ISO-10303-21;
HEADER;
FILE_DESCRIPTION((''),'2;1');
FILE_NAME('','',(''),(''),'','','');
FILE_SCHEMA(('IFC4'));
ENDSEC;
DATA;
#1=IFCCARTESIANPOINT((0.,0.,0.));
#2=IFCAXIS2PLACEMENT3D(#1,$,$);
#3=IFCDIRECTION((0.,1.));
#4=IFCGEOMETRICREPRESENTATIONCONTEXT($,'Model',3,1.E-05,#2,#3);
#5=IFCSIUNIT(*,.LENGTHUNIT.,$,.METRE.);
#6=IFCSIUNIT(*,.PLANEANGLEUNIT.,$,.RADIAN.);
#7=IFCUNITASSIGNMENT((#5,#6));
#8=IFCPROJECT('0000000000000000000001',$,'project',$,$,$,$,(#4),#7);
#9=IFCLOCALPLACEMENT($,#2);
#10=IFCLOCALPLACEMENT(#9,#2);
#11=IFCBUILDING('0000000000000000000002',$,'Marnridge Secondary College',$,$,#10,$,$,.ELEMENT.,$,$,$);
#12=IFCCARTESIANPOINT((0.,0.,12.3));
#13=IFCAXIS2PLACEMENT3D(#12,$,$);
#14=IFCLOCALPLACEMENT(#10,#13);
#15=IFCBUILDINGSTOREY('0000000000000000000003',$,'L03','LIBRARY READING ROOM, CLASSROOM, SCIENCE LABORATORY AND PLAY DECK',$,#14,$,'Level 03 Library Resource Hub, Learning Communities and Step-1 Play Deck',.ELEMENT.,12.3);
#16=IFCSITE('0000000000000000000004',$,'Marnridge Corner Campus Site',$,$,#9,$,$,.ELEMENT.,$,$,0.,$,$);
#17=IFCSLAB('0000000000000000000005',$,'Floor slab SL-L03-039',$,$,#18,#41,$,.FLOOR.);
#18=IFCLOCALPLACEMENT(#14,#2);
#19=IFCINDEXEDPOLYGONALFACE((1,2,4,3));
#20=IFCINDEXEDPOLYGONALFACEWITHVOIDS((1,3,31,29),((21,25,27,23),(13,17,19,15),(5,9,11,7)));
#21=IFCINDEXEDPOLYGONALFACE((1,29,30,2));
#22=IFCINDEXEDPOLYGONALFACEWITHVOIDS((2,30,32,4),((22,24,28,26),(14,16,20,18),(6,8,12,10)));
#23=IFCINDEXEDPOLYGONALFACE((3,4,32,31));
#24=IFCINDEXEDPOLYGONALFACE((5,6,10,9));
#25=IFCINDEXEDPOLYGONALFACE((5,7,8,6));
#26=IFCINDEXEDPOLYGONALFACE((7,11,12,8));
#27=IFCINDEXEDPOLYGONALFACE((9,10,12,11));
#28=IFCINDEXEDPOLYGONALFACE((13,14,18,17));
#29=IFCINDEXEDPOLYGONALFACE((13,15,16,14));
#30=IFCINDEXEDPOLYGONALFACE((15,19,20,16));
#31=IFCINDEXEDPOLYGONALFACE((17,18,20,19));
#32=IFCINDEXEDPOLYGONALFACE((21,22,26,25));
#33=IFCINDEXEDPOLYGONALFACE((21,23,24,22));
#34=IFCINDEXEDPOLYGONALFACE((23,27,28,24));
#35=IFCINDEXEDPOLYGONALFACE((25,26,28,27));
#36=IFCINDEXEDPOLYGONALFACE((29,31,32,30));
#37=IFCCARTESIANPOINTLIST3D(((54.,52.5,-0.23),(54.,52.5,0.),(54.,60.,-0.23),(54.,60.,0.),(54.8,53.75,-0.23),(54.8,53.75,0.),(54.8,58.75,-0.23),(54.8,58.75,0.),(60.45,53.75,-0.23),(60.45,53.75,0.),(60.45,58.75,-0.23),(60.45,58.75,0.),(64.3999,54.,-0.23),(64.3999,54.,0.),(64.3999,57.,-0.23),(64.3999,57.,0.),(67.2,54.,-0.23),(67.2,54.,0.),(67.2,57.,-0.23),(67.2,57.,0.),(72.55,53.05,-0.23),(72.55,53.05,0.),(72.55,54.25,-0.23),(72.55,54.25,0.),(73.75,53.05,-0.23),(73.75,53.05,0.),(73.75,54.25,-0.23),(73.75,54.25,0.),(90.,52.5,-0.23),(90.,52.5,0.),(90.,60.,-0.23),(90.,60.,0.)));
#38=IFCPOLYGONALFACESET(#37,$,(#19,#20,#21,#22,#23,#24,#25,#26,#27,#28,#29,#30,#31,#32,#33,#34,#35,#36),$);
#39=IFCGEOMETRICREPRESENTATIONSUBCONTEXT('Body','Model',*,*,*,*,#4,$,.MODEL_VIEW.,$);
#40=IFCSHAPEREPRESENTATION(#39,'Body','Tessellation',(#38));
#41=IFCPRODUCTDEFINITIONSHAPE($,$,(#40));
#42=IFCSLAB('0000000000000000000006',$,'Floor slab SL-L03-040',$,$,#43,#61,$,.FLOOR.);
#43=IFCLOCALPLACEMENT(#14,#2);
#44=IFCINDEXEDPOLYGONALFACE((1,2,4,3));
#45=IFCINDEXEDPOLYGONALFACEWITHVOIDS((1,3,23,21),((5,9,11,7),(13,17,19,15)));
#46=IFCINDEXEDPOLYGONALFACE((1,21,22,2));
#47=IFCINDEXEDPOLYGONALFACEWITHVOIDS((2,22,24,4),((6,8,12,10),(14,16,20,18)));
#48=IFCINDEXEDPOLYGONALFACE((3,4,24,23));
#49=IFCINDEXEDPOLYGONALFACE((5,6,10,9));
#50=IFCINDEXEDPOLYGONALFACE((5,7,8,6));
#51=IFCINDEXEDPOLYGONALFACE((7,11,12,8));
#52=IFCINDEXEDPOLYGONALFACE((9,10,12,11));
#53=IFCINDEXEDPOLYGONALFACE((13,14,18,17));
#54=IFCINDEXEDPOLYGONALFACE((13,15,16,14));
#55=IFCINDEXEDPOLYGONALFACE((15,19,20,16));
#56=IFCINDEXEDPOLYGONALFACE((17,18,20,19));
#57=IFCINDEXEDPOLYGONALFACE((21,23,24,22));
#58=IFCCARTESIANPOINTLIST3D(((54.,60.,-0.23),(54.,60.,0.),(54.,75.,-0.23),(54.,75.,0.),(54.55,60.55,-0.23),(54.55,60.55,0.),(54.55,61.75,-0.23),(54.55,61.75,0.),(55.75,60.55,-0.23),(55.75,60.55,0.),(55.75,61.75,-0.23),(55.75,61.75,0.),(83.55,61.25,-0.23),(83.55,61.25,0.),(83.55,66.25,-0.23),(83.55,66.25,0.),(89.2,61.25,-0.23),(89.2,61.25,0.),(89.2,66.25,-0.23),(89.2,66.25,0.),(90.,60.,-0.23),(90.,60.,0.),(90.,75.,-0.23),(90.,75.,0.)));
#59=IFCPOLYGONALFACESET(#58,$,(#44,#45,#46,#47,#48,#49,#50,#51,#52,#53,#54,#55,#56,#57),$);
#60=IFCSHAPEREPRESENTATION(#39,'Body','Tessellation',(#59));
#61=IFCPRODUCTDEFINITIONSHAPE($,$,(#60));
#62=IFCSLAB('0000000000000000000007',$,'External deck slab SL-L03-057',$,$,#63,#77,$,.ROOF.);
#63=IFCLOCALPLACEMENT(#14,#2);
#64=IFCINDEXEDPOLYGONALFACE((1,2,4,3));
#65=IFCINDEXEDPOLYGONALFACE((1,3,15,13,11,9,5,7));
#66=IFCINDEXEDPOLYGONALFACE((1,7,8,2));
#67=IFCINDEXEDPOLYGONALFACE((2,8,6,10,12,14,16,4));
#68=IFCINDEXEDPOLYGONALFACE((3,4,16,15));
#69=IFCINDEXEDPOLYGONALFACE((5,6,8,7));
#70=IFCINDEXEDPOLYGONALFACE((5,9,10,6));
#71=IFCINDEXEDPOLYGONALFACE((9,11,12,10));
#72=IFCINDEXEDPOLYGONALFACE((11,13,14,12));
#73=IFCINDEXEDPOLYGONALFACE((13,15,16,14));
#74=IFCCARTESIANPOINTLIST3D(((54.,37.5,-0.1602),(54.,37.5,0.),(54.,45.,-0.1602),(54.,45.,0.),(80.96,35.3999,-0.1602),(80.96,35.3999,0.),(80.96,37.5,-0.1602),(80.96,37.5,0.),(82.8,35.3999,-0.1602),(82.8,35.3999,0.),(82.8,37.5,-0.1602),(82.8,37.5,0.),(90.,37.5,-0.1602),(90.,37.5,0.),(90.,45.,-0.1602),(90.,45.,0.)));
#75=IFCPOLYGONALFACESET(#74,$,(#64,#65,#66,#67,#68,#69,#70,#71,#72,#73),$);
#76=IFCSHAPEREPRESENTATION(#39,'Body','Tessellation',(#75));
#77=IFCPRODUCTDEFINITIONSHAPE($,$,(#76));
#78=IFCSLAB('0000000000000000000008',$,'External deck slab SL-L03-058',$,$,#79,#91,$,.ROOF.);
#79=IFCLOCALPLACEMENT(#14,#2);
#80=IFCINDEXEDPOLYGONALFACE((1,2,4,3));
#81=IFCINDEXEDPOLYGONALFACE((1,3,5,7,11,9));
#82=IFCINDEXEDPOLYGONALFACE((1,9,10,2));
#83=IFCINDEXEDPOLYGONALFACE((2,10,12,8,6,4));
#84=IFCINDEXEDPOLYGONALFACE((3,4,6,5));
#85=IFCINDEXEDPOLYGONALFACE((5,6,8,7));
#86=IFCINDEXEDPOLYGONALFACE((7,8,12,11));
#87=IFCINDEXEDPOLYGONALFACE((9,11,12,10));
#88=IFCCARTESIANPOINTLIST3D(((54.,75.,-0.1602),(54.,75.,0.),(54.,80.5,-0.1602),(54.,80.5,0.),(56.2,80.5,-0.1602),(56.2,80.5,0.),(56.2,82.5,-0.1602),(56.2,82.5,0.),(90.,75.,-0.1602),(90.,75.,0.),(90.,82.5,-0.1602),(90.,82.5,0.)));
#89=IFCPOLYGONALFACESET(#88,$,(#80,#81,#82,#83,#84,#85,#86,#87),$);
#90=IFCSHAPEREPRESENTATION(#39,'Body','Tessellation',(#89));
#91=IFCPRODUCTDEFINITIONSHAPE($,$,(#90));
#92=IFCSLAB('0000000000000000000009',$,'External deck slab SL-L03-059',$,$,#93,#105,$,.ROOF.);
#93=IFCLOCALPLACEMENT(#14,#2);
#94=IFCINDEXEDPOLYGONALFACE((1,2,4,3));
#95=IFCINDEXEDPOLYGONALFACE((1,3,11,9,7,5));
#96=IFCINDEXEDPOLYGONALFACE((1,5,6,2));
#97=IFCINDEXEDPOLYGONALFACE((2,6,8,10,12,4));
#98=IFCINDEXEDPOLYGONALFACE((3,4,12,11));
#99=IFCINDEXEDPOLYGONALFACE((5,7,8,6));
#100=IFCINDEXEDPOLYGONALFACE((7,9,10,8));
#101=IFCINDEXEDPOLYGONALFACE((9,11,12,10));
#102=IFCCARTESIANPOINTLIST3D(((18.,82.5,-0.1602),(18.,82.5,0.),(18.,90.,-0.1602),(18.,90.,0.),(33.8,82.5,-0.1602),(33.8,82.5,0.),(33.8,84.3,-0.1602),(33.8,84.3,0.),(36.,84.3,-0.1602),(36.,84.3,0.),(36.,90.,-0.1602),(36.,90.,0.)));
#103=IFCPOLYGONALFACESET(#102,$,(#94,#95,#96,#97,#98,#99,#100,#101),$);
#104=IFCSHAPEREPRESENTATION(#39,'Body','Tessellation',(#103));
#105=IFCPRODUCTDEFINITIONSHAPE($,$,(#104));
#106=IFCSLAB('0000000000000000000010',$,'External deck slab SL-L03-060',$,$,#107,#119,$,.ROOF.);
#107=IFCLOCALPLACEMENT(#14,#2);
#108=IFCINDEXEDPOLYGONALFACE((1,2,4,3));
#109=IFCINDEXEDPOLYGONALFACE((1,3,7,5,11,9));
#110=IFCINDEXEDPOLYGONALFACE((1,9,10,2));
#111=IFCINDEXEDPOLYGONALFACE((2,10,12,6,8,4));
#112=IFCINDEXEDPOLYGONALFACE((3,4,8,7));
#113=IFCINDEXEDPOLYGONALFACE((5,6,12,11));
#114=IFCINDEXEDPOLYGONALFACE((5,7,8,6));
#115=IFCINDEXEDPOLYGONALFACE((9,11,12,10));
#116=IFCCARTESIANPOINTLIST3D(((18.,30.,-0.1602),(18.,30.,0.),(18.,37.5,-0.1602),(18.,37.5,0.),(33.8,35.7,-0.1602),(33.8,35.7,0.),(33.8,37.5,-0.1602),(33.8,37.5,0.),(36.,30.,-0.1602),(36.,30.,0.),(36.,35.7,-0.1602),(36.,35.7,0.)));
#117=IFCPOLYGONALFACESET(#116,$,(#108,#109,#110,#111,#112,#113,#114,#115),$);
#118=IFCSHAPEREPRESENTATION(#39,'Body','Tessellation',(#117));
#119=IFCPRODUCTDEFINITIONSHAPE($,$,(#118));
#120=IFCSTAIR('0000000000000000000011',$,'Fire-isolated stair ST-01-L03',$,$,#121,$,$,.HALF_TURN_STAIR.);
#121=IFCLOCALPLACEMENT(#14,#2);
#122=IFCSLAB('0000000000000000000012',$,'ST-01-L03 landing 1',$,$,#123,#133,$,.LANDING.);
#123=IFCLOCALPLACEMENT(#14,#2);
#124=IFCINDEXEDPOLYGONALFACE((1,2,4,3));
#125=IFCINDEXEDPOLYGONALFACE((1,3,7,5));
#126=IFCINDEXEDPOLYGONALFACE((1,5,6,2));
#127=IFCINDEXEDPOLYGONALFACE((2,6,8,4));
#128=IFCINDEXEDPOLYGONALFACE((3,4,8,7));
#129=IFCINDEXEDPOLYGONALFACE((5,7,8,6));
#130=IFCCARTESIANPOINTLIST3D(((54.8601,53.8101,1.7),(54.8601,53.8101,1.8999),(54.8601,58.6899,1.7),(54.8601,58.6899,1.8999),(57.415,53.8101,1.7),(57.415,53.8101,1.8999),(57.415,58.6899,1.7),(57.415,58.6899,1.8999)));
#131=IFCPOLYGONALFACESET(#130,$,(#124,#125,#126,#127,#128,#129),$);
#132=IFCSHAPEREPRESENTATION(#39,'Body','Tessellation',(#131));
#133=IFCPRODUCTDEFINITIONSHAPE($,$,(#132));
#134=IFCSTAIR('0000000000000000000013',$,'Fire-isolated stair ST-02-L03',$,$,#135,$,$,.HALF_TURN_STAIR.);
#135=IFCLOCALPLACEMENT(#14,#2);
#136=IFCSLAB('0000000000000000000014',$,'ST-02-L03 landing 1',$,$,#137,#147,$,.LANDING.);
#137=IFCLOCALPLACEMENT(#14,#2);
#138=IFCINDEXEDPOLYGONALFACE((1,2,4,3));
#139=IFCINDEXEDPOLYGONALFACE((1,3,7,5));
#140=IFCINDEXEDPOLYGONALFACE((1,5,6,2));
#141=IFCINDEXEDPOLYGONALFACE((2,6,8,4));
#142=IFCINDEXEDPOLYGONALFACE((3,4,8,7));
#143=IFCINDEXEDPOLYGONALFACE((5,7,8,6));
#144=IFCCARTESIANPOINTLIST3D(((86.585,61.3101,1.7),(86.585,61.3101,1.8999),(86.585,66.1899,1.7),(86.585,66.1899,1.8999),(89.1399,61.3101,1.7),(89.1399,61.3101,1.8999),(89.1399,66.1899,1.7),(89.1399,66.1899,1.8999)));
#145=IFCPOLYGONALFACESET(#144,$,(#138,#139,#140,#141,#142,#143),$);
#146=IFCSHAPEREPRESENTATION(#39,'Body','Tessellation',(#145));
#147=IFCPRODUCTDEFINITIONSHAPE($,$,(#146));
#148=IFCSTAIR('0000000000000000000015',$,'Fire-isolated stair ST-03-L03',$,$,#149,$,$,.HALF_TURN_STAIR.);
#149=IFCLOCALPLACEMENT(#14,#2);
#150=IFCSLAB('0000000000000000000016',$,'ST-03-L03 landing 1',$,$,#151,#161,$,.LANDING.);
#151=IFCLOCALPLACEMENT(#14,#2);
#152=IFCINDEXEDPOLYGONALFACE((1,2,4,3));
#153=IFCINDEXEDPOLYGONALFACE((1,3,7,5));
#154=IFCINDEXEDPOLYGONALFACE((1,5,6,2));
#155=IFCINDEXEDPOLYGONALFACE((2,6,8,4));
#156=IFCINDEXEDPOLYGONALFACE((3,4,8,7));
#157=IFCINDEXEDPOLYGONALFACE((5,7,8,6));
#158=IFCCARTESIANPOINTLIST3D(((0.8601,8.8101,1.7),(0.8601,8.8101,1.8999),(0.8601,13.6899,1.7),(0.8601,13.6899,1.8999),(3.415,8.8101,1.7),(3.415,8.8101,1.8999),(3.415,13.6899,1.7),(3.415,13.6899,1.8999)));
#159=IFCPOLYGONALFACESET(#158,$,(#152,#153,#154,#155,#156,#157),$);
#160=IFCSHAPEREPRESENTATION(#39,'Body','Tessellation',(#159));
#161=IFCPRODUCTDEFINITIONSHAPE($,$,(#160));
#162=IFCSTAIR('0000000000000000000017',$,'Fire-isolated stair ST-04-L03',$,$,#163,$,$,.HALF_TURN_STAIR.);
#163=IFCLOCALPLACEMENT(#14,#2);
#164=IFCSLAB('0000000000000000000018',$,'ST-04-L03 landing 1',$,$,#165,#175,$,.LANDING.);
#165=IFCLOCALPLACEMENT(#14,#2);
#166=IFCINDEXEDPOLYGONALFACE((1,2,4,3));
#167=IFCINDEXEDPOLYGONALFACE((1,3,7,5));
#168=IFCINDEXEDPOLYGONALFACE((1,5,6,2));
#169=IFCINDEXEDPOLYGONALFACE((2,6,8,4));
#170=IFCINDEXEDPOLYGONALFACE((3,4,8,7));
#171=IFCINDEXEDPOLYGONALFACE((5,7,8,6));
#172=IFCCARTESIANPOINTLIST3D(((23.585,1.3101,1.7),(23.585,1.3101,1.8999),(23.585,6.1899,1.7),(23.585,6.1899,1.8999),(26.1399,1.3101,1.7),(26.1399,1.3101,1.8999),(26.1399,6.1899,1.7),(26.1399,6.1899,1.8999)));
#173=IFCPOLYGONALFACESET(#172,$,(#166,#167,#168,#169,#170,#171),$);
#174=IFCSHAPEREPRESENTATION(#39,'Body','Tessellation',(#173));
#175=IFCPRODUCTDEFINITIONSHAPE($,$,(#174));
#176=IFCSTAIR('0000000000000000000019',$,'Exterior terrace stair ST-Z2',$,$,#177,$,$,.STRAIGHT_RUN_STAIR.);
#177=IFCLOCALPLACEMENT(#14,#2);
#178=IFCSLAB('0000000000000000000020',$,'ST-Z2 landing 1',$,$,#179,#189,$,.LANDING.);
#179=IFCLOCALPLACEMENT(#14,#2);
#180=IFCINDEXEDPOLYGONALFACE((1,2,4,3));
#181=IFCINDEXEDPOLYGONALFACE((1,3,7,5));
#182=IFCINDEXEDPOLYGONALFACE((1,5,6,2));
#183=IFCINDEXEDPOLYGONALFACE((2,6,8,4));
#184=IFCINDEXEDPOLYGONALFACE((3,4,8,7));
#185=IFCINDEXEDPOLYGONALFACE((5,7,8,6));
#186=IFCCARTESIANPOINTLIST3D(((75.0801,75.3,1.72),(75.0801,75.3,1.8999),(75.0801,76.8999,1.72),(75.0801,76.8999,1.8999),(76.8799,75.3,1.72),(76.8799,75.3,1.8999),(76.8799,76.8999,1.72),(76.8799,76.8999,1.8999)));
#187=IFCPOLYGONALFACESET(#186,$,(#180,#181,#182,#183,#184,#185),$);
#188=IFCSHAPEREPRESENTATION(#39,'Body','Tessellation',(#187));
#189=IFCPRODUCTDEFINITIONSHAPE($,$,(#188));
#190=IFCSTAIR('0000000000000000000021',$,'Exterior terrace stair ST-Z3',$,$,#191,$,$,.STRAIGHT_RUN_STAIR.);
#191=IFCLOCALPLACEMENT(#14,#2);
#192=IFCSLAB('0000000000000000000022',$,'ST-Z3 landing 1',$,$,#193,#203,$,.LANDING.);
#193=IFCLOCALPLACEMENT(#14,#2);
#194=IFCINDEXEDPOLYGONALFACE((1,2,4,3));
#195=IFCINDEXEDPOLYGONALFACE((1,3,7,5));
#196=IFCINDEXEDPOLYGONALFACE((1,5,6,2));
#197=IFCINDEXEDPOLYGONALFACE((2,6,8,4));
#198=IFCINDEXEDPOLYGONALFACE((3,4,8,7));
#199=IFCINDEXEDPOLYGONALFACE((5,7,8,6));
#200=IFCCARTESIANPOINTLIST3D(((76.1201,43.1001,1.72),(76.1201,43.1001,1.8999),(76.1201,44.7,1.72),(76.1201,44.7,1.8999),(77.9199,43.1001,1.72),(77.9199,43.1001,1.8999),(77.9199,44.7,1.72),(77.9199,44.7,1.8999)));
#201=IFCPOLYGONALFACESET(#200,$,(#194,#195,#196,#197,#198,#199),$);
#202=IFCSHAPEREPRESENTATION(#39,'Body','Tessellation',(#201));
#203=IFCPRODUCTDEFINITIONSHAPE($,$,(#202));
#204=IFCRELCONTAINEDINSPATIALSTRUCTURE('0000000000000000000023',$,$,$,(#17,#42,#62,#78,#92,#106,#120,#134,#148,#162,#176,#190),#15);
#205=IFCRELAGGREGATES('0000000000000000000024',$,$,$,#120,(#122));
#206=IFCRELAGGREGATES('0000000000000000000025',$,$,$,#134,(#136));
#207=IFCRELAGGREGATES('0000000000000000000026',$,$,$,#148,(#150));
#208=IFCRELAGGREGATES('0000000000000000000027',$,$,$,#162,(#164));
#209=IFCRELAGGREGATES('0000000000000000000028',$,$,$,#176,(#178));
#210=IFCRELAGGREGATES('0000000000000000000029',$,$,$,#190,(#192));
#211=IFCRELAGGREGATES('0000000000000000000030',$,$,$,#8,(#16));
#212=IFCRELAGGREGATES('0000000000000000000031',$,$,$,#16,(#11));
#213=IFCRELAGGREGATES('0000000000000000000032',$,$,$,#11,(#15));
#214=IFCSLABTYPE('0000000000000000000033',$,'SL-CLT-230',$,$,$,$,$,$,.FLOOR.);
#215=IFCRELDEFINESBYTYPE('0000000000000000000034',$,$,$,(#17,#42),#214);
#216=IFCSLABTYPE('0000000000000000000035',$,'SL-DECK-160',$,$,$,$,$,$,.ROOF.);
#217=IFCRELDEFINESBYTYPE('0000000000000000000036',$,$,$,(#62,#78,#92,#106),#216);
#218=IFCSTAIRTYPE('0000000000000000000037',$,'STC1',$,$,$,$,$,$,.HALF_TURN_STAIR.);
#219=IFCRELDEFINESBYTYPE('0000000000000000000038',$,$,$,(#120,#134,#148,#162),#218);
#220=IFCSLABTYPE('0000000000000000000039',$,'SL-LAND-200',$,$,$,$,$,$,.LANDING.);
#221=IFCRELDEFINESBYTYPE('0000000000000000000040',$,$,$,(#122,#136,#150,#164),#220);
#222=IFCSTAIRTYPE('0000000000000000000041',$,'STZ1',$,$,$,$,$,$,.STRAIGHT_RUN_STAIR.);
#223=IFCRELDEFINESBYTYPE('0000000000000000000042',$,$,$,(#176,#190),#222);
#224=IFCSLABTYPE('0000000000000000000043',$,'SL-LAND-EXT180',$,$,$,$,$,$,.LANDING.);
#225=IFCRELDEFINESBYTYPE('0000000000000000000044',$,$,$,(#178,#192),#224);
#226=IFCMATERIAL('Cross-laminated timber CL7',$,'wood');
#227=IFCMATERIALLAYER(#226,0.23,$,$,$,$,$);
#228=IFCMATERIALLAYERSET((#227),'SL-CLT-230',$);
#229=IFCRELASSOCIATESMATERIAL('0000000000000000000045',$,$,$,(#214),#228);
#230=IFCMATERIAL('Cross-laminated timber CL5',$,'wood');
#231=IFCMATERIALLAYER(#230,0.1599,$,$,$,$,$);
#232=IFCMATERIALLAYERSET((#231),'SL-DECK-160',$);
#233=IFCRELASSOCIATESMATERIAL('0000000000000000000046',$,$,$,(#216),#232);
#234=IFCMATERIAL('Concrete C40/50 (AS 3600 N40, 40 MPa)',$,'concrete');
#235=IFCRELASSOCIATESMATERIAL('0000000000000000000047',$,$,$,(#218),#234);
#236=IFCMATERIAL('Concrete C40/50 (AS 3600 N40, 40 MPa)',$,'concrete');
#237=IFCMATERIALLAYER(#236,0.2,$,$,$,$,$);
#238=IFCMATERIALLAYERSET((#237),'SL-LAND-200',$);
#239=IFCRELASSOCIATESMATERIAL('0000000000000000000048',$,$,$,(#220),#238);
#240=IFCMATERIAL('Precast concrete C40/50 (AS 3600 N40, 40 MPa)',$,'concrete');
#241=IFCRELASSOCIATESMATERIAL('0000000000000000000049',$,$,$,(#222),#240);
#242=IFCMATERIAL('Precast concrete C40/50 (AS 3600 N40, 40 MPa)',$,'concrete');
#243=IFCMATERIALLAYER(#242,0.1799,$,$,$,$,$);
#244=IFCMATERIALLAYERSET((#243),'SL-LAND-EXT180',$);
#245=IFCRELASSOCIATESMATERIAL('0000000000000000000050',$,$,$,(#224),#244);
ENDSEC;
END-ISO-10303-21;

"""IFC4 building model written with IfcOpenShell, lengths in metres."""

from ifc_helpers import new_model, si_unit, direction, frame, origin, place, context, subcontext, project, spatial, polyline, outline, extrude, material, layer, layer_set, type_object, element, aggregate, save


model = new_model("IFC4")

# Units and contexts
model_context = context("Model", 3, precision=1e-05, world=origin(), true_north=direction((0.0, 1.0)))
body_context = subcontext(model_context, "Body", "Model", "MODEL_VIEW")
ifc_project = project(units=[si_unit("LENGTHUNIT", "METRE"), si_unit("PLANEANGLEUNIT", "RADIAN")], contexts=[model_context])

# Site, building, storey
site_placement = place(None, origin())
site = spatial("IfcSite", under=ifc_project, at=site_placement, Name="Marnridge Corner Campus Site", CompositionType="ELEMENT", RefElevation=0.0)
building_placement = place(site_placement, origin())
building = spatial("IfcBuilding", under=site, at=building_placement, Name="Marnridge Secondary College", CompositionType="ELEMENT")
storey_placement = place(building_placement, frame((0.0, 0.0, 12.3)))
storey = spatial("IfcBuildingStorey", under=building, at=storey_placement, Name="L03", Description="LIBRARY READING ROOM, CLASSROOM, SCIENCE LABORATORY AND PLAY DECK", LongName="Level 03 Library Resource Hub, Learning Communities and Step-1 Play Deck", CompositionType="ELEMENT", Elevation=12.3)

# Slabs
ifc_material_1 = material(Name="Cross-laminated timber CL7", Category="wood")
ifc_layer_1 = layer(ifc_material_1, 0.23)
ifc_layer_set_1 = layer_set([ifc_layer_1], Name="SL-CLT-230")
slab_type_1 = type_object("IfcSlabType", Name="SL-CLT-230", PredefinedType="FLOOR", material=ifc_layer_set_1)
slab_1_placement = place(storey_placement, frame((0.0, 0.0, -0.23)))
element("IfcSlab", 1, at=slab_1_placement, inside=storey, type_object=slab_type_1, Name="Floor slab SL-L03-039", PredefinedType="FLOOR", context=body_context, shape_type="SweptSolid", body=[
    extrude(outline(polyline([(54.0, 60.0), (90.0, 60.0), (90.0, 52.5), (54.0, 52.5), (54.0, 60.0)]), holes=[polyline([(54.8, 53.75), (60.45, 53.75), (60.45, 58.75), (54.8, 58.75), (54.8, 53.75)]), polyline([(64.3999, 54.0), (67.2, 54.0), (67.2, 57.0), (64.3999, 57.0), (64.3999, 54.0)]), polyline([(72.55, 53.05), (73.75, 53.05), (73.75, 54.25), (72.55, 54.25), (72.55, 53.05)])]), origin(), (0.0, 0.0, 1.0), 0.23),
])
slab_2_placement = place(storey_placement, frame((0.0, 0.0, -0.23)))
element("IfcSlab", 2, at=slab_2_placement, inside=storey, type_object=slab_type_1, Name="Floor slab SL-L03-040", PredefinedType="FLOOR", context=body_context, shape_type="SweptSolid", body=[
    extrude(outline(polyline([(90.0, 60.0), (54.0, 60.0), (54.0, 75.0), (90.0, 75.0), (90.0, 60.0)]), holes=[polyline([(83.55, 61.25), (89.2, 61.25), (89.2, 66.25), (83.55, 66.25), (83.55, 61.25)]), polyline([(54.55, 60.55), (55.75, 60.55), (55.75, 61.75), (54.55, 61.75), (54.55, 60.55)])]), origin(), (0.0, 0.0, 1.0), 0.23),
])
ifc_material_2 = material(Name="Cross-laminated timber CL5", Category="wood")
ifc_layer_2 = layer(ifc_material_2, 0.1599)
ifc_layer_set_2 = layer_set([ifc_layer_2], Name="SL-DECK-160")
slab_type_2 = type_object("IfcSlabType", Name="SL-DECK-160", PredefinedType="ROOF", material=ifc_layer_set_2)
slab_3_placement = place(storey_placement, frame((0.0, 0.0, -0.1602)))
element("IfcSlab", 3, at=slab_3_placement, inside=storey, type_object=slab_type_2, Name="External deck slab SL-L03-057", PredefinedType="ROOF", context=body_context, shape_type="SweptSolid", body=[
    extrude(outline(polyline([(54.0, 37.5), (80.96, 37.5), (80.96, 35.3999), (82.8, 35.3999), (82.8, 37.5), (90.0, 37.5), (90.0, 45.0), (54.0, 45.0), (54.0, 37.5)])), origin(), (0.0, 0.0, 1.0), 0.1602),
])
slab_4_placement = place(storey_placement, frame((0.0, 0.0, -0.1602)))
element("IfcSlab", 4, at=slab_4_placement, inside=storey, type_object=slab_type_2, Name="External deck slab SL-L03-058", PredefinedType="ROOF", context=body_context, shape_type="SweptSolid", body=[
    extrude(outline(polyline([(54.0, 75.0), (90.0, 75.0), (90.0, 82.5), (56.2, 82.5), (56.2, 80.5), (54.0, 80.5), (54.0, 75.0)])), origin(), (0.0, 0.0, 1.0), 0.1602),
])
slab_5_placement = place(storey_placement, frame((0.0, 0.0, -0.1602)))
element("IfcSlab", 5, at=slab_5_placement, inside=storey, type_object=slab_type_2, Name="External deck slab SL-L03-059", PredefinedType="ROOF", context=body_context, shape_type="SweptSolid", body=[
    extrude(outline(polyline([(18.0, 82.5), (33.8, 82.5), (33.8, 84.3), (36.0, 84.3), (36.0, 90.0), (18.0, 90.0), (18.0, 82.5)])), origin(), (0.0, 0.0, 1.0), 0.1602),
])
slab_6_placement = place(storey_placement, frame((0.0, 0.0, -0.1602)))
element("IfcSlab", 6, at=slab_6_placement, inside=storey, type_object=slab_type_2, Name="External deck slab SL-L03-060", PredefinedType="ROOF", context=body_context, shape_type="SweptSolid", body=[
    extrude(outline(polyline([(18.0, 30.0), (36.0, 30.0), (36.0, 35.7), (33.8, 35.7), (33.8, 37.5), (18.0, 37.5), (18.0, 30.0)])), origin(), (0.0, 0.0, 1.0), 0.1602),
])

# Stairs, slabs
ifc_material_3 = material(Name="Concrete C40/50 (AS 3600 N40, 40 MPa)", Category="concrete")
stair_type_1 = type_object("IfcStairType", Name="STC1", PredefinedType="HALF_TURN_STAIR", material=ifc_material_3)
stair_1_placement = place(storey_placement, origin())
stair_1 = element("IfcStair", 7, at=stair_1_placement, inside=storey, type_object=stair_type_1, Name="Fire-isolated stair ST-01-L03", PredefinedType="HALF_TURN_STAIR")
ifc_material_4 = material(Name="Concrete C40/50 (AS 3600 N40, 40 MPa)", Category="concrete")
ifc_layer_3 = layer(ifc_material_4, 0.2)
ifc_layer_set_3 = layer_set([ifc_layer_3], Name="SL-LAND-200")
slab_type_3 = type_object("IfcSlabType", Name="SL-LAND-200", PredefinedType="LANDING", material=ifc_layer_set_3)
slab_7_placement = place(storey_placement, frame((0.0, 0.0, 1.7)))
slab_7 = element("IfcSlab", 8, at=slab_7_placement, type_object=slab_type_3, Name="ST-01-L03 landing 1", PredefinedType="LANDING", context=body_context, shape_type="SweptSolid", body=[
    extrude(outline(polyline([(54.8601, 53.8101), (57.415, 53.8101), (57.415, 58.6899), (54.8601, 58.6899), (54.8601, 53.8101)])), origin(), (0.0, 0.0, 1.0), 0.2),
])
aggregate(stair_1, [slab_7])
stair_2_placement = place(storey_placement, origin())
stair_2 = element("IfcStair", 9, at=stair_2_placement, inside=storey, type_object=stair_type_1, Name="Fire-isolated stair ST-02-L03", PredefinedType="HALF_TURN_STAIR")
slab_8_placement = place(storey_placement, frame((0.0, 0.0, 1.7)))
slab_8 = element("IfcSlab", 10, at=slab_8_placement, type_object=slab_type_3, Name="ST-02-L03 landing 1", PredefinedType="LANDING", context=body_context, shape_type="SweptSolid", body=[
    extrude(outline(polyline([(86.585, 61.3101), (89.1399, 61.3101), (89.1399, 66.1899), (86.585, 66.1899), (86.585, 61.3101)])), origin(), (0.0, 0.0, 1.0), 0.2),
])
aggregate(stair_2, [slab_8])
stair_3_placement = place(storey_placement, origin())
stair_3 = element("IfcStair", 11, at=stair_3_placement, inside=storey, type_object=stair_type_1, Name="Fire-isolated stair ST-03-L03", PredefinedType="HALF_TURN_STAIR")
slab_9_placement = place(storey_placement, frame((0.0, 0.0, 1.7)))
slab_9 = element("IfcSlab", 12, at=slab_9_placement, type_object=slab_type_3, Name="ST-03-L03 landing 1", PredefinedType="LANDING", context=body_context, shape_type="SweptSolid", body=[
    extrude(outline(polyline([(0.8601, 8.8101), (3.415, 8.8101), (3.415, 13.6899), (0.8601, 13.6899), (0.8601, 8.8101)])), origin(), (0.0, 0.0, 1.0), 0.2),
])
aggregate(stair_3, [slab_9])
stair_4_placement = place(storey_placement, origin())
stair_4 = element("IfcStair", 13, at=stair_4_placement, inside=storey, type_object=stair_type_1, Name="Fire-isolated stair ST-04-L03", PredefinedType="HALF_TURN_STAIR")
slab_10_placement = place(storey_placement, frame((0.0, 0.0, 1.7)))
slab_10 = element("IfcSlab", 14, at=slab_10_placement, type_object=slab_type_3, Name="ST-04-L03 landing 1", PredefinedType="LANDING", context=body_context, shape_type="SweptSolid", body=[
    extrude(outline(polyline([(23.585, 1.3101), (26.1399, 1.3101), (26.1399, 6.1899), (23.585, 6.1899), (23.585, 1.3101)])), origin(), (0.0, 0.0, 1.0), 0.2),
])
aggregate(stair_4, [slab_10])
ifc_material_5 = material(Name="Precast concrete C40/50 (AS 3600 N40, 40 MPa)", Category="concrete")
stair_type_2 = type_object("IfcStairType", Name="STZ1", PredefinedType="STRAIGHT_RUN_STAIR", material=ifc_material_5)
stair_5_placement = place(storey_placement, origin())
stair_5 = element("IfcStair", 15, at=stair_5_placement, inside=storey, type_object=stair_type_2, Name="Exterior terrace stair ST-Z2", PredefinedType="STRAIGHT_RUN_STAIR")
ifc_material_6 = material(Name="Precast concrete C40/50 (AS 3600 N40, 40 MPa)", Category="concrete")
ifc_layer_4 = layer(ifc_material_6, 0.1799)
ifc_layer_set_4 = layer_set([ifc_layer_4], Name="SL-LAND-EXT180")
slab_type_4 = type_object("IfcSlabType", Name="SL-LAND-EXT180", PredefinedType="LANDING", material=ifc_layer_set_4)
slab_11_placement = place(storey_placement, frame((0.0, 0.0, 1.72)))
slab_11 = element("IfcSlab", 16, at=slab_11_placement, type_object=slab_type_4, Name="ST-Z2 landing 1", PredefinedType="LANDING", context=body_context, shape_type="SweptSolid", body=[
    extrude(outline(polyline([(75.0801, 75.3), (76.8799, 75.3), (76.8799, 76.8999), (75.0801, 76.8999), (75.0801, 75.3)])), origin(), (0.0, 0.0, 1.0), 0.1799),
])
aggregate(stair_5, [slab_11])
stair_6_placement = place(storey_placement, origin())
stair_6 = element("IfcStair", 17, at=stair_6_placement, inside=storey, type_object=stair_type_2, Name="Exterior terrace stair ST-Z3", PredefinedType="STRAIGHT_RUN_STAIR")
slab_12_placement = place(storey_placement, frame((0.0, 0.0, 1.72)))
slab_12 = element("IfcSlab", 18, at=slab_12_placement, type_object=slab_type_4, Name="ST-Z3 landing 1", PredefinedType="LANDING", context=body_context, shape_type="SweptSolid", body=[
    extrude(outline(polyline([(76.1201, 43.1001), (77.9199, 43.1001), (77.9199, 44.7), (76.1201, 44.7), (76.1201, 43.1001)])), origin(), (0.0, 0.0, 1.0), 0.1799),
])
aggregate(stair_6, [slab_12])

save(model, "model.ifc")
